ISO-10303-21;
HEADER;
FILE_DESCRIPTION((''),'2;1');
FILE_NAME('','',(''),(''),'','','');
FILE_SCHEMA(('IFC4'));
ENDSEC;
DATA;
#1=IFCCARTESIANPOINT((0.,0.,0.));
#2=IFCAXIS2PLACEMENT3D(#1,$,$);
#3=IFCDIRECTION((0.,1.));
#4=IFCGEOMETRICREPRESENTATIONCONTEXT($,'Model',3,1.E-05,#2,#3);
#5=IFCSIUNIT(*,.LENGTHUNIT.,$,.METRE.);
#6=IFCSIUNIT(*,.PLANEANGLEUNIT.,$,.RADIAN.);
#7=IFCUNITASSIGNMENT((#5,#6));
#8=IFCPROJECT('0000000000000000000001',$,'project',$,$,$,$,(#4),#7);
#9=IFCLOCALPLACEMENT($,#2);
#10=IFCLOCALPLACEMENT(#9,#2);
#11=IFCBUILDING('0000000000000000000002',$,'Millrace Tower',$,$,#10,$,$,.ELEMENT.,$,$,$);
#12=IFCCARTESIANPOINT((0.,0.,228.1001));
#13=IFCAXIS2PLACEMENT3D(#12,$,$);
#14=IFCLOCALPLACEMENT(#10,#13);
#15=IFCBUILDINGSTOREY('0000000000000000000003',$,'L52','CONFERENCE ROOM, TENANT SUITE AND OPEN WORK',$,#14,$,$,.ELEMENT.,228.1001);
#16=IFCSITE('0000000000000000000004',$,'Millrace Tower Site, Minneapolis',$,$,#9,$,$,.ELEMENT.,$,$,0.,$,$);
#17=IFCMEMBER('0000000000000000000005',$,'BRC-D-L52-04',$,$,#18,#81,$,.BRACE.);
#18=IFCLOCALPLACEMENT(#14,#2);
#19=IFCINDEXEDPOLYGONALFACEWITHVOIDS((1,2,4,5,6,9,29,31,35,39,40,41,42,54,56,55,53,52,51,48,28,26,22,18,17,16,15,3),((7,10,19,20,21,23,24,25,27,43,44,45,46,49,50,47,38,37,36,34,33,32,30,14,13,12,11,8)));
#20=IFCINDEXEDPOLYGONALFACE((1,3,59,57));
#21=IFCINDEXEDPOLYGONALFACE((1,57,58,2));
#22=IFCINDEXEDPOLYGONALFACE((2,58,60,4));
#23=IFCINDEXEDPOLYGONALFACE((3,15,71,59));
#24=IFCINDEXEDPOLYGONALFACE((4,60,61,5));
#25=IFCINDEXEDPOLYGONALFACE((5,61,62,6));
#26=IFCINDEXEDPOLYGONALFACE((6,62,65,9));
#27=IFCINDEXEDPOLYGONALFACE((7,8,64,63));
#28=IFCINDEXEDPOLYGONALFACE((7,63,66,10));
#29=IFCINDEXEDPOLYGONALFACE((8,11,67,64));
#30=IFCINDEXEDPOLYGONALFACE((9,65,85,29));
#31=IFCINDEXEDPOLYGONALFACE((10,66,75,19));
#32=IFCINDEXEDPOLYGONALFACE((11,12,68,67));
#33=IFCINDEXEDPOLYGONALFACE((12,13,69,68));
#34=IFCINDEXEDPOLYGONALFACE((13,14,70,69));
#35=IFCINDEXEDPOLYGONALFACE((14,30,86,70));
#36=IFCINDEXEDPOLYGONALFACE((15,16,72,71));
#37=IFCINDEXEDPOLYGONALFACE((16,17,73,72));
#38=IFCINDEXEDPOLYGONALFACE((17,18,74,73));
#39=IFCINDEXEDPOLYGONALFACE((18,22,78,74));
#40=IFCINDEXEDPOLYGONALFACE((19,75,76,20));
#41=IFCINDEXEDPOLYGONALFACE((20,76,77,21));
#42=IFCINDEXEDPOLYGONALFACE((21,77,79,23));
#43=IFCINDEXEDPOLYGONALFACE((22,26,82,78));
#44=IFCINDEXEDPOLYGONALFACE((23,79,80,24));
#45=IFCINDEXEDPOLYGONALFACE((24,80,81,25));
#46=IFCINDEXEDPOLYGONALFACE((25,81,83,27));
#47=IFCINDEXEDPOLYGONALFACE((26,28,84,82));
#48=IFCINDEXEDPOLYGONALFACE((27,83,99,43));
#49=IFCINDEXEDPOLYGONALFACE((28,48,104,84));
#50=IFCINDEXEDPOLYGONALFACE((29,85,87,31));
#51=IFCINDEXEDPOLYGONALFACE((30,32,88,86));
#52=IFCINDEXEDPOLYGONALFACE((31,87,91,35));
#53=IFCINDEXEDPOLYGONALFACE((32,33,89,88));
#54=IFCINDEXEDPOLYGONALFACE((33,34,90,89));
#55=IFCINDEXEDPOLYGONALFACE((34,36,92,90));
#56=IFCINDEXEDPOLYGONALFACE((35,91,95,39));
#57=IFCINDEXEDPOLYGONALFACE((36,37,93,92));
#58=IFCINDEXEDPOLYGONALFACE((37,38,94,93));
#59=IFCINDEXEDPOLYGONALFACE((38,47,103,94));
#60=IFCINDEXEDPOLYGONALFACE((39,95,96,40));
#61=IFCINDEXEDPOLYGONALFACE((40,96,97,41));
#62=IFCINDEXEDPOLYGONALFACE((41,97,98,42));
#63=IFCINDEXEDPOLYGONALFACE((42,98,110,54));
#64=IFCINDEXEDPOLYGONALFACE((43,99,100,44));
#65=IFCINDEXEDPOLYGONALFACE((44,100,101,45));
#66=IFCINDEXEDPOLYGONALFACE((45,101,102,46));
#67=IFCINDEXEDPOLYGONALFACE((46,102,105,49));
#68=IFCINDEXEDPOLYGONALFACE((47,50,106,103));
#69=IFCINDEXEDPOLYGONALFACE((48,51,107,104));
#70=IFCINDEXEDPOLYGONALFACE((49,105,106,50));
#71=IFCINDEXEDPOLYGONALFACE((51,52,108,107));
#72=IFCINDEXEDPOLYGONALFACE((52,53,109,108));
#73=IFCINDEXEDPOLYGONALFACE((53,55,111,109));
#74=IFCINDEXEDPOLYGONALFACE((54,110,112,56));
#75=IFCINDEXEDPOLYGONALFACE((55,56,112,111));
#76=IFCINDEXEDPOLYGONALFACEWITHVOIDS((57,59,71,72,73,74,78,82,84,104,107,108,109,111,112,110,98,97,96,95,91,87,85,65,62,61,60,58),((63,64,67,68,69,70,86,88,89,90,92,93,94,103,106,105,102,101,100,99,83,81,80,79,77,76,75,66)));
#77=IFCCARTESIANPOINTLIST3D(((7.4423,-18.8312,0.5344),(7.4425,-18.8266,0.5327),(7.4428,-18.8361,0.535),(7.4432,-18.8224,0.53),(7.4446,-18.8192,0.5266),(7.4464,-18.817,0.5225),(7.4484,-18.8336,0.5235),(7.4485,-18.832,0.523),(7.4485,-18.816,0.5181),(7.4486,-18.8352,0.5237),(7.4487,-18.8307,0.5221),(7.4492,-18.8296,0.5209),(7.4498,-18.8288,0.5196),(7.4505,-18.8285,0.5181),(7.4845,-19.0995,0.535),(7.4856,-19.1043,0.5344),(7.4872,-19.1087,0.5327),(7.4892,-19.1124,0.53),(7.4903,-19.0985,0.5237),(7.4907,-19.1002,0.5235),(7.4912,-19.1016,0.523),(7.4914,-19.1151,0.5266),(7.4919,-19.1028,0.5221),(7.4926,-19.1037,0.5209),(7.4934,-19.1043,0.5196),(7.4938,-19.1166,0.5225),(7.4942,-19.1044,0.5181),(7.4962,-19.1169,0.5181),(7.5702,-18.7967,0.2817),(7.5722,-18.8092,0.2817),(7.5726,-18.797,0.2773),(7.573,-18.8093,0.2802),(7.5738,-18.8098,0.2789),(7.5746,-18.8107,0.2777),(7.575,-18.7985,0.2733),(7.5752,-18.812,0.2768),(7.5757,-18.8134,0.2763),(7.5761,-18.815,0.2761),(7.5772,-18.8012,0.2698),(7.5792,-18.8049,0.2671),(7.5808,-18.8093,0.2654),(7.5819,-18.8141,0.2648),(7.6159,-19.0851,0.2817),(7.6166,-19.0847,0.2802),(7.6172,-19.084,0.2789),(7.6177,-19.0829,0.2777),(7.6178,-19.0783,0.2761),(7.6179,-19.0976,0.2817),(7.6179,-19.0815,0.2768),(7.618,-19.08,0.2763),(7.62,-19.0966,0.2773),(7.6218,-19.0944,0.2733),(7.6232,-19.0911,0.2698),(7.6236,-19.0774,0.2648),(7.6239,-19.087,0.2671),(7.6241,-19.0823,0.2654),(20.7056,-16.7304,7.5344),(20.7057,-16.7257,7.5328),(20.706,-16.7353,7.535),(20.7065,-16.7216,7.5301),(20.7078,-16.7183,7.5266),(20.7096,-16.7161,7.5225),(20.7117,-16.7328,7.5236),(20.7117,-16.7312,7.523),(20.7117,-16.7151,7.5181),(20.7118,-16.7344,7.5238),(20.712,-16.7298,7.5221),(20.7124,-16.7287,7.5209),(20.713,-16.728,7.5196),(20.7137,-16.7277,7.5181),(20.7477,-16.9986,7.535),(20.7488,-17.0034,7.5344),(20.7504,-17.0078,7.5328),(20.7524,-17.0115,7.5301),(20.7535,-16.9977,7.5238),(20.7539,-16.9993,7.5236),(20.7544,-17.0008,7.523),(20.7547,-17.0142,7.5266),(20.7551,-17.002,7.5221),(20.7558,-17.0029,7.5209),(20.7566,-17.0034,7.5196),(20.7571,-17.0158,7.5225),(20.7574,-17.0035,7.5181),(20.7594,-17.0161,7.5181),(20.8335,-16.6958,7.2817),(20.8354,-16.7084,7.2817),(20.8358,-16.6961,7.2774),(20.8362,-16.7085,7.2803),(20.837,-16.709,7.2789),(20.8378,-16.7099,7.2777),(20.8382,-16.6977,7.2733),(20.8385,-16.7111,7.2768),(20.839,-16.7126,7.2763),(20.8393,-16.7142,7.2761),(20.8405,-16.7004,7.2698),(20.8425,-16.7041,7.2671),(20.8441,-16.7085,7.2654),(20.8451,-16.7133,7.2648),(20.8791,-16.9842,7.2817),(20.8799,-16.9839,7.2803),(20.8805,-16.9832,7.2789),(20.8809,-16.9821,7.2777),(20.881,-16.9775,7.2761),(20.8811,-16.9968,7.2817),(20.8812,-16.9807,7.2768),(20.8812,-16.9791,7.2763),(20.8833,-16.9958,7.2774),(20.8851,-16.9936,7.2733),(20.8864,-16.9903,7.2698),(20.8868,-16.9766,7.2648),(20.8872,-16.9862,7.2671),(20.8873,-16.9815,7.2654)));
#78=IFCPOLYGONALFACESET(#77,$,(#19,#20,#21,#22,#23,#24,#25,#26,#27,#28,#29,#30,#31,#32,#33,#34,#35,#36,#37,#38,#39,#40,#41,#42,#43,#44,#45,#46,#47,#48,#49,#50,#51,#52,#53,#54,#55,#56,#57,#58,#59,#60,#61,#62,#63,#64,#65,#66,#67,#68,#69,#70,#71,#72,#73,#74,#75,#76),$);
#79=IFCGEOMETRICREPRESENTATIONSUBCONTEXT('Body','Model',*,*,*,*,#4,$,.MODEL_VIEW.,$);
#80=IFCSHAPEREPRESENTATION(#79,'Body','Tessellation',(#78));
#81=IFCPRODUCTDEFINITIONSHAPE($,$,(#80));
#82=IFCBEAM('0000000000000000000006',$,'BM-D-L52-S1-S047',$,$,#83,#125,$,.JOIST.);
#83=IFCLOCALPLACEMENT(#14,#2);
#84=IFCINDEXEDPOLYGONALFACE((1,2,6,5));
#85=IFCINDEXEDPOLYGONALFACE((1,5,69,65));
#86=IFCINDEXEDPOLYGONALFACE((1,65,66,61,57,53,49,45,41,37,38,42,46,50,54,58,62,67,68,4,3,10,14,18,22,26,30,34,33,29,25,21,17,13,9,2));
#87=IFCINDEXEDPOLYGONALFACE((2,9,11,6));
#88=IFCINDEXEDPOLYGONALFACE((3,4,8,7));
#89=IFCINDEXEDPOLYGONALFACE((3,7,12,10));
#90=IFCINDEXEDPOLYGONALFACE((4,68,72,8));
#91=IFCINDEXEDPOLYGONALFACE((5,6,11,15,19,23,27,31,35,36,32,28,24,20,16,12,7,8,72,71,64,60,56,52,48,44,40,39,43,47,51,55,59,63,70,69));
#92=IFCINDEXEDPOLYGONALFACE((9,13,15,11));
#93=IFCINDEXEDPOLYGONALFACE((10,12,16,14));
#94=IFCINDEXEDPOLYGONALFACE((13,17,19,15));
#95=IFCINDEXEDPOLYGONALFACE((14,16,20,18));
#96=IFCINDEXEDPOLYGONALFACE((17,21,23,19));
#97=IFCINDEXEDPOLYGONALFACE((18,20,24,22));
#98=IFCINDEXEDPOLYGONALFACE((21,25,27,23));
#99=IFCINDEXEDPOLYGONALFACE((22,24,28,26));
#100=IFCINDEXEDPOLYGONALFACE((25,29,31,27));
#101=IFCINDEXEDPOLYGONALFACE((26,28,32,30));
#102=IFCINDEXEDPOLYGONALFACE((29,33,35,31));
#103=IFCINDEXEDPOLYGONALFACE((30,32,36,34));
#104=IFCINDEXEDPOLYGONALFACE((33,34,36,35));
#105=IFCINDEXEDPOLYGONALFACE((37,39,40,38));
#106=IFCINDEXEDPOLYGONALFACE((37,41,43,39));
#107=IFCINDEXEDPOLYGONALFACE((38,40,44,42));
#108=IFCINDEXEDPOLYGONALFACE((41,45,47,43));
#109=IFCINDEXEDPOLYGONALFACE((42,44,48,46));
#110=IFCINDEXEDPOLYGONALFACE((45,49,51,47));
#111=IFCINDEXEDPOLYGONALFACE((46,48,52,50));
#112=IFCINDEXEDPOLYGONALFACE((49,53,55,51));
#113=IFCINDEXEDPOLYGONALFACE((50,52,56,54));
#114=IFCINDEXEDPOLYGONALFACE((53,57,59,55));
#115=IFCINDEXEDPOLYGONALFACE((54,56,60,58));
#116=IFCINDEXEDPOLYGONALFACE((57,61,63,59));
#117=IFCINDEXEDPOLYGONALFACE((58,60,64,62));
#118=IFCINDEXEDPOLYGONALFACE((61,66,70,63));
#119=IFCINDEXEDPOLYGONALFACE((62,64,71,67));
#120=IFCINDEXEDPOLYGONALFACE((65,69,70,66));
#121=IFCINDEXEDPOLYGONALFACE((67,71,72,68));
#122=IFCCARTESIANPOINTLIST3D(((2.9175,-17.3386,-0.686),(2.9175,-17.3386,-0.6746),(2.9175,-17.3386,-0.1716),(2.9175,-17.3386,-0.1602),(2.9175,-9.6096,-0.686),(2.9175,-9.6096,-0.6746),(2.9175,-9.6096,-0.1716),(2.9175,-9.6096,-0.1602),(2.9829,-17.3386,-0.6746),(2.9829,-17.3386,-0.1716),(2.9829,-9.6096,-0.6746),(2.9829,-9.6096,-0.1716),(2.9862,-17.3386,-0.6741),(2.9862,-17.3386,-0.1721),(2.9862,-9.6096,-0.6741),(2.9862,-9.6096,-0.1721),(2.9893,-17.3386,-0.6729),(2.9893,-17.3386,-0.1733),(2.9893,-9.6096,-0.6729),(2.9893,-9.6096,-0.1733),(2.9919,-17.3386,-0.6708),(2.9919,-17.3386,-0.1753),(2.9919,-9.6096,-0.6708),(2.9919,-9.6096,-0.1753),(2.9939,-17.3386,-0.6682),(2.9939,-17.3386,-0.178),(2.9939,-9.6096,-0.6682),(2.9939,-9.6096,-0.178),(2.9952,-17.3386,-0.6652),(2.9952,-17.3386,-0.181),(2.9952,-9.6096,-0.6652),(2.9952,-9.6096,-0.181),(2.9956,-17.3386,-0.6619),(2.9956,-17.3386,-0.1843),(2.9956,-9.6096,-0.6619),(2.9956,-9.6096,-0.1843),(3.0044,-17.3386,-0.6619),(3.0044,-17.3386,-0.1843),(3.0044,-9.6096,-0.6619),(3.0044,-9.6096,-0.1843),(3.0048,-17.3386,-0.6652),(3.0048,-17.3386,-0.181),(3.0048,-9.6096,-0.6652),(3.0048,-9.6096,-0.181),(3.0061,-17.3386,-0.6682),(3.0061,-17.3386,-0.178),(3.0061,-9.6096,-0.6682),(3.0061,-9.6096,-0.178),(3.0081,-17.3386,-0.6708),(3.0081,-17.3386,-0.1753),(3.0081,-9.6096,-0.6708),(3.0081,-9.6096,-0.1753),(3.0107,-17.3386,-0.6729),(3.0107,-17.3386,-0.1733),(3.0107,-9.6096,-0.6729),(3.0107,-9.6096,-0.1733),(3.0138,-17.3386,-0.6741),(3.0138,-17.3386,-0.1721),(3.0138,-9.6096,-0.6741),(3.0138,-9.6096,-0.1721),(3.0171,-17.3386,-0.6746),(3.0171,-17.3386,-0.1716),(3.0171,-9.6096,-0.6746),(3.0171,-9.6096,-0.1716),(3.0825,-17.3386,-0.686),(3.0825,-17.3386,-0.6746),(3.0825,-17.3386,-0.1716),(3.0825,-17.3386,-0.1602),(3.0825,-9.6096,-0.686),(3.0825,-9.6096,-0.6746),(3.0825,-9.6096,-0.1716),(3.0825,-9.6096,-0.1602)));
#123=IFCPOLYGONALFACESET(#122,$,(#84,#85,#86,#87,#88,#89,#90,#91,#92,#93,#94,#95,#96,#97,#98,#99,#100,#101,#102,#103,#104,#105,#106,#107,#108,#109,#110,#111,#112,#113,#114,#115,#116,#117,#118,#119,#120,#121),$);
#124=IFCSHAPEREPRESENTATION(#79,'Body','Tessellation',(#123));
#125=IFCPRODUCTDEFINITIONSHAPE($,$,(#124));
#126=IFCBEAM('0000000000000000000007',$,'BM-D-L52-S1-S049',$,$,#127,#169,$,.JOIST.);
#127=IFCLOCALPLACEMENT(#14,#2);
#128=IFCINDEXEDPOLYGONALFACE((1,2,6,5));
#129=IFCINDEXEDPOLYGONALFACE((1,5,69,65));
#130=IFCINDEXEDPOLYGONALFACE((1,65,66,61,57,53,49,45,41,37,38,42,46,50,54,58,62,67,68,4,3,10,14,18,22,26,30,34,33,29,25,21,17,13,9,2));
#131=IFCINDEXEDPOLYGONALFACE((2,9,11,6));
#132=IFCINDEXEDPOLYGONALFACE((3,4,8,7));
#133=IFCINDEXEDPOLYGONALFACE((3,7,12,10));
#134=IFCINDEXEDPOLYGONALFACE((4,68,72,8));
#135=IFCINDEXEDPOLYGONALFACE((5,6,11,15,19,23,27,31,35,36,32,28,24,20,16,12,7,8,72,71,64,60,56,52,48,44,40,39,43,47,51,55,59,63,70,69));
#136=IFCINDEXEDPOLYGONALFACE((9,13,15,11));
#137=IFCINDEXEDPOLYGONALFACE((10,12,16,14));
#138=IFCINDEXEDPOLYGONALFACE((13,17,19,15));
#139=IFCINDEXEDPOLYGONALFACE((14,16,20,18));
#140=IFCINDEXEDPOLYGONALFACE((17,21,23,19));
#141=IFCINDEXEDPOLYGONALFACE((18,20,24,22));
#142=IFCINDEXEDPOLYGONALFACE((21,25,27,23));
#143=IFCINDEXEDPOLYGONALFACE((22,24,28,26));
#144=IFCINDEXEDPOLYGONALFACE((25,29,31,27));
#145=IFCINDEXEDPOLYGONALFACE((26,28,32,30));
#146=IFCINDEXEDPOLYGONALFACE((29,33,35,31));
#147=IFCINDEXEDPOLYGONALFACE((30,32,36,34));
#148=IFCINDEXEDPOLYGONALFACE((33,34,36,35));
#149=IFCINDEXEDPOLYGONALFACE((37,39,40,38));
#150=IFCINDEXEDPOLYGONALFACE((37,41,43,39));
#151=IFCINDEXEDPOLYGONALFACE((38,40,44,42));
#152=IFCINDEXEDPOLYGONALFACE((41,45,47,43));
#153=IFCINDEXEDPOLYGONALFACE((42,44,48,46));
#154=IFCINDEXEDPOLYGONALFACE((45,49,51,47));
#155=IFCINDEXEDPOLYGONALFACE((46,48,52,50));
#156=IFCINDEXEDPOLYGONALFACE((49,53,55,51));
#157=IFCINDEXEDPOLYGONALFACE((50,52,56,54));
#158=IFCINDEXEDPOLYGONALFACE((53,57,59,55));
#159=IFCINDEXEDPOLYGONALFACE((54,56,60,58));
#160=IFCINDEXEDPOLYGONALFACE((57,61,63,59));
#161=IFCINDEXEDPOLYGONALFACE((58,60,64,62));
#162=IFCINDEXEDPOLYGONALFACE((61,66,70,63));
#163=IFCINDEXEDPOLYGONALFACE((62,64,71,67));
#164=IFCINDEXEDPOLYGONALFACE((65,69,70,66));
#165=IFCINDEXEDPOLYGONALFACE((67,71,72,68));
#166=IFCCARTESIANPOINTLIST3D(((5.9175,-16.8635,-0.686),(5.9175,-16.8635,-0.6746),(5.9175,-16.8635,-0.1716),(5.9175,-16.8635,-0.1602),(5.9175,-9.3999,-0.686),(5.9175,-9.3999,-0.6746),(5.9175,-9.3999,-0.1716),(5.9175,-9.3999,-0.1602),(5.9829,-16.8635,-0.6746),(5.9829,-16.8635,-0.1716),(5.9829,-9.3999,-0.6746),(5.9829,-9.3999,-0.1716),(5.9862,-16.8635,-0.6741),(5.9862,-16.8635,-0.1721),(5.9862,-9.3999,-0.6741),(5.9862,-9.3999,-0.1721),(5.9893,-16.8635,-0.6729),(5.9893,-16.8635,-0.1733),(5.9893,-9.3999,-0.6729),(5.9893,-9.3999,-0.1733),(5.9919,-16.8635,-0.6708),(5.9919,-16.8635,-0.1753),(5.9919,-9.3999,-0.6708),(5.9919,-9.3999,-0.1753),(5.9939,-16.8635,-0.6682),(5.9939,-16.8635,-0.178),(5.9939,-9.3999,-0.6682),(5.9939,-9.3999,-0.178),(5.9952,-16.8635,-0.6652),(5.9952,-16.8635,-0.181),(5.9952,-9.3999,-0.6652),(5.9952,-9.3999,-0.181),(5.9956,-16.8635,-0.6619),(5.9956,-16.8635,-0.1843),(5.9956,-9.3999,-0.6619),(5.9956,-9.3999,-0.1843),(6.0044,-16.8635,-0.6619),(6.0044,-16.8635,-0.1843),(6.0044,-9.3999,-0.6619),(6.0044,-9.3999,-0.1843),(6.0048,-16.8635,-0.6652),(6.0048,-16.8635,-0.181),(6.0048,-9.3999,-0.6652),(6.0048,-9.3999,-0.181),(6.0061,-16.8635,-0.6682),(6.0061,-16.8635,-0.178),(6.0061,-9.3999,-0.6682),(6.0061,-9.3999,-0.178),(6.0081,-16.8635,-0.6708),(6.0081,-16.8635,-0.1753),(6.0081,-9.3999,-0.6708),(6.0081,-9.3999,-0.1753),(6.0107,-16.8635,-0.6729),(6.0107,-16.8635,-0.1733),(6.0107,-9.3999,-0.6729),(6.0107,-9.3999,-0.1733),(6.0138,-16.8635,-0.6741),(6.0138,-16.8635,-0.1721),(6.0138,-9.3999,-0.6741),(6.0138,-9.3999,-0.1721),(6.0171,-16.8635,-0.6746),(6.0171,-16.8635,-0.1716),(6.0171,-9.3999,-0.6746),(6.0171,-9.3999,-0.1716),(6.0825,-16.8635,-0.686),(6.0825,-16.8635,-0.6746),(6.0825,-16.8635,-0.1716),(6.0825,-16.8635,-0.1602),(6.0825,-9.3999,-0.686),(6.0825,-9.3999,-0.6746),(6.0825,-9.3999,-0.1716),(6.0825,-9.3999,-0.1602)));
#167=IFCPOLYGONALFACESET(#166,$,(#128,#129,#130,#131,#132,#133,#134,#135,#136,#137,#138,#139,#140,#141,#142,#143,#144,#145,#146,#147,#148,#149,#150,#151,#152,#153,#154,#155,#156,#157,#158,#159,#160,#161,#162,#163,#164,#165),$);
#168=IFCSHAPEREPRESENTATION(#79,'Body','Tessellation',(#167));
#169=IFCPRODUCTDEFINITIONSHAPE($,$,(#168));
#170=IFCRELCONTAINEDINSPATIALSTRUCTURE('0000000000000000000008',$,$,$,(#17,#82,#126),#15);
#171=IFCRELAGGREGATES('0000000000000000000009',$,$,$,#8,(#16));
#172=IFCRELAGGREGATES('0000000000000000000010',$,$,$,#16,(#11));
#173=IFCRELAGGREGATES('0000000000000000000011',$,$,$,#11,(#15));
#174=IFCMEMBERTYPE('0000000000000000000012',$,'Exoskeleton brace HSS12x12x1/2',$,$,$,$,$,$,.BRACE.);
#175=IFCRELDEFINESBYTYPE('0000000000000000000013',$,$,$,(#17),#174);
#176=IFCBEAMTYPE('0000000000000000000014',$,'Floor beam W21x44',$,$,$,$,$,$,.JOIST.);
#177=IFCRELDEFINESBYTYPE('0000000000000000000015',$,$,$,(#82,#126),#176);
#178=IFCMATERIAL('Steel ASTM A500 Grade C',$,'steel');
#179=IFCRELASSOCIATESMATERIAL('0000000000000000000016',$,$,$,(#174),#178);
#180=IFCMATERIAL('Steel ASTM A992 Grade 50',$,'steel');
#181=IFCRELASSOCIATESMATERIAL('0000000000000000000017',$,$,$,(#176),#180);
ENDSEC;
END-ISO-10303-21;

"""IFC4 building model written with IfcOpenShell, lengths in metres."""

from ifc_helpers import new_model, si_unit, direction, frame, origin, origin_2d, place, context, subcontext, project, spatial, hollow_rectangle, i_section, extrude, material, material_profile, profile_set, type_object, element, save


model = new_model("IFC4")

# Units and contexts
model_context = context("Model", 3, precision=1e-05, world=origin(), true_north=direction((0.0, 1.0)))
body_context = subcontext(model_context, "Body", "Model", "MODEL_VIEW")
ifc_project = project(units=[si_unit("LENGTHUNIT", "METRE"), si_unit("PLANEANGLEUNIT", "RADIAN")], contexts=[model_context])

# Site, building, storey
site_placement = place(None, origin())
site = spatial("IfcSite", under=ifc_project, at=site_placement, Name="Millrace Tower Site, Minneapolis", CompositionType="ELEMENT", RefElevation=0.0)
building_placement = place(site_placement, origin())
building = spatial("IfcBuilding", under=site, at=building_placement, Name="Millrace Tower", CompositionType="ELEMENT")
storey_placement = place(building_placement, frame((0.0, 0.0, 228.1001)))
storey = spatial("IfcBuildingStorey", under=building, at=storey_placement, Name="L52", Description="CONFERENCE ROOM, TENANT SUITE AND OPEN WORK", CompositionType="ELEMENT", Elevation=228.1001)

# Member
ifc_material_1 = material(Name="Steel ASTM A500 Grade C", Category="steel")
ifc_material_profile_1 = material_profile(ifc_material_1, hollow_rectangle(XDim=0.3047, YDim=0.3047, WallThickness=0.0127, InnerFilletRadius=0.0063, OuterFilletRadius=0.019, at=origin_2d()))
ifc_profile_set_1 = profile_set([ifc_material_profile_1], Name="Steel ASTM A500 Grade C")
member_type_1 = type_object("IfcMemberType", Name="Exoskeleton brace HSS12x12x1/2", PredefinedType="BRACE", material=ifc_profile_set_1)
member_1_placement = place(storey_placement, frame((7.5332, -18.9568, 0.3999), z_axis=(0.875834, 0.138728, 0.462245), x_axis=(-0.156445, 0.987687, 0.0)))
element("IfcMember", 1, at=member_1_placement, inside=storey, type_object=member_type_1, Name="BRC-D-L52-04", PredefinedType="BRACE", context=body_context, shape_type="SweptSolid", body=[
    extrude(hollow_rectangle(XDim=0.3047, YDim=0.3047, WallThickness=0.0127, InnerFilletRadius=0.0063, OuterFilletRadius=0.019, at=origin_2d()), origin(), (0.0, 0.0, 1.0), 15.1436),
])

# Beams
ifc_material_2 = material(Name="Steel ASTM A992 Grade 50", Category="steel")
ifc_material_profile_2 = material_profile(ifc_material_2, i_section(OverallWidth=0.165, OverallDepth=0.5259, WebThickness=0.0088, FlangeThickness=0.0115, FilletRadius=0.0127, at=origin_2d()))
ifc_profile_set_2 = profile_set([ifc_material_profile_2], Name="Steel ASTM A992 Grade 50")
beam_type_1 = type_object("IfcBeamType", Name="Floor beam W21x44", PredefinedType="JOIST", material=ifc_profile_set_2)
beam_1_placement = place(storey_placement, frame((3.0, -17.3386, -0.4231), z_axis=(0.0, 1.0, 0.0), x_axis=(-1.0, 0.0, 0.0)))
element("IfcBeam", 2, at=beam_1_placement, inside=storey, type_object=beam_type_1, Name="BM-D-L52-S1-S047", PredefinedType="JOIST", context=body_context, shape_type="SweptSolid", body=[
    extrude(i_section(OverallWidth=0.165, OverallDepth=0.5259, WebThickness=0.0088, FlangeThickness=0.0115, FilletRadius=0.0127, at=origin_2d()), origin(), (0.0, 0.0, 1.0), 7.729),
])
beam_2_placement = place(storey_placement, frame((6.0, -16.8635, -0.4231), z_axis=(0.0, 1.0, 0.0), x_axis=(-1.0, 0.0, 0.0)))
element("IfcBeam", 3, at=beam_2_placement, inside=storey, type_object=beam_type_1, Name="BM-D-L52-S1-S049", PredefinedType="JOIST", context=body_context, shape_type="SweptSolid", body=[
    extrude(i_section(OverallWidth=0.165, OverallDepth=0.5259, WebThickness=0.0088, FlangeThickness=0.0115, FilletRadius=0.0127, at=origin_2d()), origin(), (0.0, 0.0, 1.0), 7.4636),
])

save(model, "model.ifc")
